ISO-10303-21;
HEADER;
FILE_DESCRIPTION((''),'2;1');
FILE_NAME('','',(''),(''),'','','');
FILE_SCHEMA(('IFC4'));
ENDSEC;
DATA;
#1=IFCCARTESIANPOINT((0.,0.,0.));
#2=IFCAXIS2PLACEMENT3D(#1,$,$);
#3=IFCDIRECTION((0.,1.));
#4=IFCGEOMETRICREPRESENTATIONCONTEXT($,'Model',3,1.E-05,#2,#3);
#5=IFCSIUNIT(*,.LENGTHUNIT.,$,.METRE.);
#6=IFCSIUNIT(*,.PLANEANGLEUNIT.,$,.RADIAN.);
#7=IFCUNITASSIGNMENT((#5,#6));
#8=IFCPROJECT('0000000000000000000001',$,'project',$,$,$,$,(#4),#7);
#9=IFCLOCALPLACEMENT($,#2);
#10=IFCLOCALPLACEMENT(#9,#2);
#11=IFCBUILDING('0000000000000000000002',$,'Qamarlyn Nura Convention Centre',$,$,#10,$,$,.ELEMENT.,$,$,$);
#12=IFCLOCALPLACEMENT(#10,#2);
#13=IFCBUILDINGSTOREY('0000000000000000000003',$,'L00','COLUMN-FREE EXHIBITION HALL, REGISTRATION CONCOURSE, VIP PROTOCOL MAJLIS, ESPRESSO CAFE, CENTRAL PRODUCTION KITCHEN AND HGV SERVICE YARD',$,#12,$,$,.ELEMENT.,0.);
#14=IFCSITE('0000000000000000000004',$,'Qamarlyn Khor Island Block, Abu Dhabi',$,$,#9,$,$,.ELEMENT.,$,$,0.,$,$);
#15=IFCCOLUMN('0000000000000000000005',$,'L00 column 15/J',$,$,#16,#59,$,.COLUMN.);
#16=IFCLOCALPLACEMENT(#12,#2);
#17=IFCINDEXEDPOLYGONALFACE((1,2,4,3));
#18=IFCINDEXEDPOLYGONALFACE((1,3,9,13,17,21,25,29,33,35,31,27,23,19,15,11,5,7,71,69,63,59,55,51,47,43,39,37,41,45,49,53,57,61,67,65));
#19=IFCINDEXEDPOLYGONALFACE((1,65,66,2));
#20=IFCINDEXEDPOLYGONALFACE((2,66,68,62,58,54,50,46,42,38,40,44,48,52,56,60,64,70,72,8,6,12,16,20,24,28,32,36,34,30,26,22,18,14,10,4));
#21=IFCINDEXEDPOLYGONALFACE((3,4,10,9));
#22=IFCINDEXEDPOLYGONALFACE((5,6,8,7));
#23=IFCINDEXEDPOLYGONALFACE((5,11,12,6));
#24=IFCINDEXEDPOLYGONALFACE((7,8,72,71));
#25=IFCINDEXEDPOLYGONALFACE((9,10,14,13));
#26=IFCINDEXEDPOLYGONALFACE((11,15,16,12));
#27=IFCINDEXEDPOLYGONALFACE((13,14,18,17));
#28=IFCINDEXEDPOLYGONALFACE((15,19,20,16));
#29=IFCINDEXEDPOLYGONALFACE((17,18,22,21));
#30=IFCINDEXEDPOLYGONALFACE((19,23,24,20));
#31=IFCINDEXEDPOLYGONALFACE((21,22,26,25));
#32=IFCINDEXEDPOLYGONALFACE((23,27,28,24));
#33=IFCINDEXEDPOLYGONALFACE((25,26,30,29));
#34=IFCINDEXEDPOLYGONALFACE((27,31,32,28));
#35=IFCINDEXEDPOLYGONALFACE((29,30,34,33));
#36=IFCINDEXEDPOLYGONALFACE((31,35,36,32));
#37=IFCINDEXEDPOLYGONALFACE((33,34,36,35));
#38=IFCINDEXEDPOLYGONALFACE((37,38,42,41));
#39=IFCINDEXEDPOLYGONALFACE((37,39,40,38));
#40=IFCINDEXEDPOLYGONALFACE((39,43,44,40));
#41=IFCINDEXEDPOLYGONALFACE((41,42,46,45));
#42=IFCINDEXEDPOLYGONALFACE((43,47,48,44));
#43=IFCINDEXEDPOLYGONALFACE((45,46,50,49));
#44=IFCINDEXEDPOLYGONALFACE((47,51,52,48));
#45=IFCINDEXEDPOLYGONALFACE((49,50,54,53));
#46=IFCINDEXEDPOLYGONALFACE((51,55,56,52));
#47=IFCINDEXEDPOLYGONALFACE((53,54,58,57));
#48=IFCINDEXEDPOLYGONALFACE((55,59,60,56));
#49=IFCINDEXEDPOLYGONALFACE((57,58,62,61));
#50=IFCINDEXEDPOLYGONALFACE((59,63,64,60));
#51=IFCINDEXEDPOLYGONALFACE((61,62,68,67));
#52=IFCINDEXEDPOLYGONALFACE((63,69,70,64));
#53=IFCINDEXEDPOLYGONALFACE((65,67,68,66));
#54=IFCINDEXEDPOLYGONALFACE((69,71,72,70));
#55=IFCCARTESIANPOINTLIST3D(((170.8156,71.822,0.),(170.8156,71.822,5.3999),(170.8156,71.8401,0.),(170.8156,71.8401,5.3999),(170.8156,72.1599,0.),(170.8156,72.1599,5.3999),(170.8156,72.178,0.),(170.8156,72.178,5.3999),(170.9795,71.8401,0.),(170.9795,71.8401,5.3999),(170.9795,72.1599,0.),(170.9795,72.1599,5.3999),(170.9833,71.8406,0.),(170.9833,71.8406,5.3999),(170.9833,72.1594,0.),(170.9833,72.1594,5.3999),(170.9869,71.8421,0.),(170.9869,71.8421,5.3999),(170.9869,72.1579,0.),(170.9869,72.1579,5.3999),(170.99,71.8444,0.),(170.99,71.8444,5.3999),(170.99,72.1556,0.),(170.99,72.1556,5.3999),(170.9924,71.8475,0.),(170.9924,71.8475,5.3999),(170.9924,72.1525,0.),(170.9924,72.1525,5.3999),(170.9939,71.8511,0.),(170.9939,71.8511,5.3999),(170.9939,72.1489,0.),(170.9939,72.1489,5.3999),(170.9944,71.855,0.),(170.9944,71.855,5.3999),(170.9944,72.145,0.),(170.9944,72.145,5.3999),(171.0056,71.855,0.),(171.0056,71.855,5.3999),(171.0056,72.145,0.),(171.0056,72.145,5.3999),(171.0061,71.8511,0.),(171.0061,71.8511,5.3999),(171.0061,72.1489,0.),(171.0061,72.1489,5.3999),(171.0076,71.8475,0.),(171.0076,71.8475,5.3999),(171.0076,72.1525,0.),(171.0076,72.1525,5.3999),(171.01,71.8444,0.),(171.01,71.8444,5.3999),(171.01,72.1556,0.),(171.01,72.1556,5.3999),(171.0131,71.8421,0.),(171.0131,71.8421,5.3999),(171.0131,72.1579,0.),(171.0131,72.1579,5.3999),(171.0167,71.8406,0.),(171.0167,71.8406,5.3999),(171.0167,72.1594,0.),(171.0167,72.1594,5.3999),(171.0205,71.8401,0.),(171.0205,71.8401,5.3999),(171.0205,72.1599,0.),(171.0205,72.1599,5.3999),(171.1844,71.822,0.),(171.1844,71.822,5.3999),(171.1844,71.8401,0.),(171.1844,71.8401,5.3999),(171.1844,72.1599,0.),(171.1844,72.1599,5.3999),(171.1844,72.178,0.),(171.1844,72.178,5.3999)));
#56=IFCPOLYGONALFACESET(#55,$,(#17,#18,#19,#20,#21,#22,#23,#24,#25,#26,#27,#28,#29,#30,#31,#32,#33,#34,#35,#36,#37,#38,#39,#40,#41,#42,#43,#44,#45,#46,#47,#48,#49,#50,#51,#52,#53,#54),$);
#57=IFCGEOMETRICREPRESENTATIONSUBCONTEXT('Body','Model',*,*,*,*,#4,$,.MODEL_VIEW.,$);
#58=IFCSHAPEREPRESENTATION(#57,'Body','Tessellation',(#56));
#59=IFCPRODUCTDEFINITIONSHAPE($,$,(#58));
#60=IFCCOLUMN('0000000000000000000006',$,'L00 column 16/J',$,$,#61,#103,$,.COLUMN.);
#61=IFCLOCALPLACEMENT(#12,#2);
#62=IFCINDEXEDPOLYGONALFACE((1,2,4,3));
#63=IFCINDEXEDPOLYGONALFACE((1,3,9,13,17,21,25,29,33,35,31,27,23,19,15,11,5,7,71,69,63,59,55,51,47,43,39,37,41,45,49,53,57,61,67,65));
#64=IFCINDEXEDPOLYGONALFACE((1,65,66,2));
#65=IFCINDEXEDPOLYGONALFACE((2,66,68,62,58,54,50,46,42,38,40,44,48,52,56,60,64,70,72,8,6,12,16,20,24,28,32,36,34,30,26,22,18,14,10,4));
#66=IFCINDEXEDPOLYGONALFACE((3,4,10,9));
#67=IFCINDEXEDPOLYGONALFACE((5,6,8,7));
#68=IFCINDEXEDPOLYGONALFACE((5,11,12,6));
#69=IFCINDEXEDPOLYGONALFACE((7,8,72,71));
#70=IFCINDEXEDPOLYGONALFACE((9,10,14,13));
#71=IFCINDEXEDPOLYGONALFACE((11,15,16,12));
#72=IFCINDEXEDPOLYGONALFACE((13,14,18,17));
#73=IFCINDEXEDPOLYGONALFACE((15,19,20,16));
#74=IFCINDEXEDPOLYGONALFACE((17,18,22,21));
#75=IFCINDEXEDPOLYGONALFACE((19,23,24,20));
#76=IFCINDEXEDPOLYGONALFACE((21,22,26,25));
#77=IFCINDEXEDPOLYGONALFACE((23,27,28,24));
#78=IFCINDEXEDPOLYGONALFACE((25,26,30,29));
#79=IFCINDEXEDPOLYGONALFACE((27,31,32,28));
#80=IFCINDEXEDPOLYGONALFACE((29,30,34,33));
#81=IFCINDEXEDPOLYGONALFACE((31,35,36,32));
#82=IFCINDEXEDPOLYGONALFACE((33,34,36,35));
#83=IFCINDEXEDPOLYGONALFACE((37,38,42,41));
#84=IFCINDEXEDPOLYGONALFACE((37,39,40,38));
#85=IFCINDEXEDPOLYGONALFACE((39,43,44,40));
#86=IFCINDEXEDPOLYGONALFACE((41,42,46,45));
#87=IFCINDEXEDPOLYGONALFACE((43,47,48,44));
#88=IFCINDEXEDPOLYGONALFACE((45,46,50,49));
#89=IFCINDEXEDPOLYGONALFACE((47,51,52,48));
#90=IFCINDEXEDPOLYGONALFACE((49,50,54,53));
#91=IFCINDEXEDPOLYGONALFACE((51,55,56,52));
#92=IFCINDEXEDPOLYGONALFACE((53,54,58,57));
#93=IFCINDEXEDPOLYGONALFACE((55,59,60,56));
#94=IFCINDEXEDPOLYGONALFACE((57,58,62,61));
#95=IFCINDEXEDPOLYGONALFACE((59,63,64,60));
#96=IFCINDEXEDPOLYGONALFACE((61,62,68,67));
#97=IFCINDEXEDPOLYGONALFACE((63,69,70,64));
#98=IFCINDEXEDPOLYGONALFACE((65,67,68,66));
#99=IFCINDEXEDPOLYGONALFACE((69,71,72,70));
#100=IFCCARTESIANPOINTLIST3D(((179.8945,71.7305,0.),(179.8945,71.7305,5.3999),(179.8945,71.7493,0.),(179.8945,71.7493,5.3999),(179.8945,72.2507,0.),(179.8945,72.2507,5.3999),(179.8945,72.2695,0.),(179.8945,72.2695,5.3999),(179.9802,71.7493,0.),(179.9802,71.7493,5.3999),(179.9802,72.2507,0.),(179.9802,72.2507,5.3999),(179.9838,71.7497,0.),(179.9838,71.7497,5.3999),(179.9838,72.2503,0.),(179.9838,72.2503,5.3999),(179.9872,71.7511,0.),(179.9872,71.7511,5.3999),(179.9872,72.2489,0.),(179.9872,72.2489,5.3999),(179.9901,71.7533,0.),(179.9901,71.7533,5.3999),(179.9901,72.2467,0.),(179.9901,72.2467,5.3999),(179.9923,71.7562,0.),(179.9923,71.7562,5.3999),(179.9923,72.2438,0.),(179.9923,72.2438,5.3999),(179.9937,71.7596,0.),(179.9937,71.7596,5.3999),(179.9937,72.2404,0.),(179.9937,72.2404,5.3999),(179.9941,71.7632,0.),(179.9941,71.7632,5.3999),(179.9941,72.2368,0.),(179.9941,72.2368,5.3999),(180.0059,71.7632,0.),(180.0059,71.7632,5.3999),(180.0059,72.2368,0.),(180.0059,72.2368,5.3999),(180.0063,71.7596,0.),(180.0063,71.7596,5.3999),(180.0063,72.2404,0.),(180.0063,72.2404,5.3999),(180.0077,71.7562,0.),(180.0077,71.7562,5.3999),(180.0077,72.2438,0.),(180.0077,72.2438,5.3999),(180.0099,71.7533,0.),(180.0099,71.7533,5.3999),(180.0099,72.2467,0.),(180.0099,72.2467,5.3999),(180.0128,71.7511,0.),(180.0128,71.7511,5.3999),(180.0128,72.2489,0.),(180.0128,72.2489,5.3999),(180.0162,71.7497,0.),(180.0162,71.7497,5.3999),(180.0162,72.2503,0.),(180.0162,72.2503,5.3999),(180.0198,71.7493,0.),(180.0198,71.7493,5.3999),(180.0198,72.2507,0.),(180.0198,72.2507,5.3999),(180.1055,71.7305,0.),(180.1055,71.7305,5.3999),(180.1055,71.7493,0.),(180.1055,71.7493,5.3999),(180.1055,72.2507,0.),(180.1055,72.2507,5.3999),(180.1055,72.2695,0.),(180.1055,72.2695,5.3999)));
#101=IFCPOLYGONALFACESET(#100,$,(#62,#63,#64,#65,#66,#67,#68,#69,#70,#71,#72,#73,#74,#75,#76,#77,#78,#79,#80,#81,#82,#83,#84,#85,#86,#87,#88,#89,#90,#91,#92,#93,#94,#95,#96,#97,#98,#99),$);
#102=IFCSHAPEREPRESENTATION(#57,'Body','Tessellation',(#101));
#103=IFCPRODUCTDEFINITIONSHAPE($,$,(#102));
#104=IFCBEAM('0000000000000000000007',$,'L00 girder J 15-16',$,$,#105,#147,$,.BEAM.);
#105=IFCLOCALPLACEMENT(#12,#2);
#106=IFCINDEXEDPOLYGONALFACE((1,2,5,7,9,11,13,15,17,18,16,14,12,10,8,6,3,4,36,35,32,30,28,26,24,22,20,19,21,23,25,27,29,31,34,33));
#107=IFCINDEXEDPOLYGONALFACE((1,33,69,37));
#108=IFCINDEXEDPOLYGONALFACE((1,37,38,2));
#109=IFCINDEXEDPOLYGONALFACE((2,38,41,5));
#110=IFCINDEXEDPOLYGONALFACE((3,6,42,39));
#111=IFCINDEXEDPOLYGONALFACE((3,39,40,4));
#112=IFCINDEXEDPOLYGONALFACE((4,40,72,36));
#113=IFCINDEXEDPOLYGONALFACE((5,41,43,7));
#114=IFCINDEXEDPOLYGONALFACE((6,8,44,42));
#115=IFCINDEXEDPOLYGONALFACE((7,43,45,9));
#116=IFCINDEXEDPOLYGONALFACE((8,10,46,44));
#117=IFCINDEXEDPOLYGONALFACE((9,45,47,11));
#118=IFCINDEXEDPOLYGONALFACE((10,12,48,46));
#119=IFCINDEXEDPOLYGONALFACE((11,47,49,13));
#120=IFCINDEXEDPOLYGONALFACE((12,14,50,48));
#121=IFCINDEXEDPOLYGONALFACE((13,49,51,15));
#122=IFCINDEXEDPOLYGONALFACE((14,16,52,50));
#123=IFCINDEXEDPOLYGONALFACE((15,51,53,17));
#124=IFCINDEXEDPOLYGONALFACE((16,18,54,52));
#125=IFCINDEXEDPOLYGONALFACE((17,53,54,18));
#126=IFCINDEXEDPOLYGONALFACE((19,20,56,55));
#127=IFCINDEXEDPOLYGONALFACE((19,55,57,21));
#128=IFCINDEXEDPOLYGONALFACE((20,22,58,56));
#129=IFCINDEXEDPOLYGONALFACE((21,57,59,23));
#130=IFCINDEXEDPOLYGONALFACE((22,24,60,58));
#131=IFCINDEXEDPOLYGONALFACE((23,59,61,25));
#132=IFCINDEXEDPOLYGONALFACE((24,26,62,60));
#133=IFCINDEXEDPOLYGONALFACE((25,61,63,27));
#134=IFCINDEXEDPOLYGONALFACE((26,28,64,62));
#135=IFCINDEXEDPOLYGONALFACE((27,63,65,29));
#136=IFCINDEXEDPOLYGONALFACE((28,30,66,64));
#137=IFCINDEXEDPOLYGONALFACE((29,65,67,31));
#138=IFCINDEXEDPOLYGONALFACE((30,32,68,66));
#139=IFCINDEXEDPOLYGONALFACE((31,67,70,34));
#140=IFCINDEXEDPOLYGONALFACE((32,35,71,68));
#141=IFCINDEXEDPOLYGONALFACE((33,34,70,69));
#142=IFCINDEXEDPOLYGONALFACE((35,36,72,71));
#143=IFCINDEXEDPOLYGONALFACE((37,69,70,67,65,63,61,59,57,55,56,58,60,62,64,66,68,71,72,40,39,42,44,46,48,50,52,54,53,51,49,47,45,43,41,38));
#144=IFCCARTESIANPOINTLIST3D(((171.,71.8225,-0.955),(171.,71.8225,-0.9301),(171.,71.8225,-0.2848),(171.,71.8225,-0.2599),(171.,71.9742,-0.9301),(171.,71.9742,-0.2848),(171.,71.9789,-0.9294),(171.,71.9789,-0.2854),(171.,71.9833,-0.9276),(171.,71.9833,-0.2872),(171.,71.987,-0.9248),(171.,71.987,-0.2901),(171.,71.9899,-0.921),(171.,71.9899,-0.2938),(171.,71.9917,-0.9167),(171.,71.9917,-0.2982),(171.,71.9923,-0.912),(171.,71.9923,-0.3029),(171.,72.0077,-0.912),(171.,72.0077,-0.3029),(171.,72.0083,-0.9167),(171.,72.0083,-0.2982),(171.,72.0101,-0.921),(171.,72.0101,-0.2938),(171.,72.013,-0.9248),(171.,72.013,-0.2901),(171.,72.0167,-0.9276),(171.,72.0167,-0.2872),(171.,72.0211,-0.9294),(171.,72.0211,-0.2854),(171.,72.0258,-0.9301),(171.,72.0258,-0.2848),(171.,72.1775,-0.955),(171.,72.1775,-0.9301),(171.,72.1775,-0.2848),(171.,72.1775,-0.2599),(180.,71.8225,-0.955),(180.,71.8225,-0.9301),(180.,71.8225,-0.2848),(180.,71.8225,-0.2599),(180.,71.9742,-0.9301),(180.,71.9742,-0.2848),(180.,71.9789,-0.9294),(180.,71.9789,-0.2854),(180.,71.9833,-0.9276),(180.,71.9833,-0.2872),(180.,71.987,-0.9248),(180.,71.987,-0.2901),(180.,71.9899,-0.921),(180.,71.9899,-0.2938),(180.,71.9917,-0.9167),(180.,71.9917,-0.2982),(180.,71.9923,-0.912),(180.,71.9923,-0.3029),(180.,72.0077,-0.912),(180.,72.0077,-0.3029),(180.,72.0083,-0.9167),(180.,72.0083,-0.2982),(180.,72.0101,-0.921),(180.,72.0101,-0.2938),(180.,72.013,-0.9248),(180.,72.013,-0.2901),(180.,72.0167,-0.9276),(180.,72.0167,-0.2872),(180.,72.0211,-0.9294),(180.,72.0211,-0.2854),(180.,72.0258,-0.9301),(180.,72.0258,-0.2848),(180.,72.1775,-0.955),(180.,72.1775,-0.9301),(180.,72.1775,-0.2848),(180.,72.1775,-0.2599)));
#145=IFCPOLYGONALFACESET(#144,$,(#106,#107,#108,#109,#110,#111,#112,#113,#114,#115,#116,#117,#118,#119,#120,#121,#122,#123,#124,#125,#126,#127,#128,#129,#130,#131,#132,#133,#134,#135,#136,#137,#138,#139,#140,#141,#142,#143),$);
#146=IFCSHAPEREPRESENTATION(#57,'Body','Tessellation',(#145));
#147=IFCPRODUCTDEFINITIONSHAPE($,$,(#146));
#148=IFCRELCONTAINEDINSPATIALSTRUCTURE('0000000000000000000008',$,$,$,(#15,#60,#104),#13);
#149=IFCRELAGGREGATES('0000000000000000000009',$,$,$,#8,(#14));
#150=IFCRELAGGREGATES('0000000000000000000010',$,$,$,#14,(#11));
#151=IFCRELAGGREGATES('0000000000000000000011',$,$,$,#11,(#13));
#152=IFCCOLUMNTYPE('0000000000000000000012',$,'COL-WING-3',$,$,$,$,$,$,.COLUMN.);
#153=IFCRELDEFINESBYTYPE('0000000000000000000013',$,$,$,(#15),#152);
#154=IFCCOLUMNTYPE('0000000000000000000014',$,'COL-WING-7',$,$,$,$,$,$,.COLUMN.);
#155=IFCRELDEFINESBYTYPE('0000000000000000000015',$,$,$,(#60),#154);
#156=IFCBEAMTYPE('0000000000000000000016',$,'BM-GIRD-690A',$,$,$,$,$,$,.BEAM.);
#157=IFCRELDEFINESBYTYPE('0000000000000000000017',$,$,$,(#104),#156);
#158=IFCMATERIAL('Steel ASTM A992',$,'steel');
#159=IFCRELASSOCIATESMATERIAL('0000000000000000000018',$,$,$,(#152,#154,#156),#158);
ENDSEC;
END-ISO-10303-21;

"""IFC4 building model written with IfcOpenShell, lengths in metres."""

from ifc_helpers import new_model, si_unit, direction, frame, origin, origin_2d, place, context, subcontext, project, spatial, i_section, extrude, material, material_profile, profile_set, type_object, element, save


model = new_model("IFC4")

# Units and contexts
model_context = context("Model", 3, precision=1e-05, world=origin(), true_north=direction((0.0, 1.0)))
body_context = subcontext(model_context, "Body", "Model", "MODEL_VIEW")
ifc_project = project(units=[si_unit("LENGTHUNIT", "METRE"), si_unit("PLANEANGLEUNIT", "RADIAN")], contexts=[model_context])

# Site, building, storey
site_placement = place(None, origin())
site = spatial("IfcSite", under=ifc_project, at=site_placement, Name="Qamarlyn Khor Island Block, Abu Dhabi", CompositionType="ELEMENT", RefElevation=0.0)
building_placement = place(site_placement, origin())
building = spatial("IfcBuilding", under=site, at=building_placement, Name="Qamarlyn Nura Convention Centre", CompositionType="ELEMENT")
storey_placement = place(building_placement, origin())
storey = spatial("IfcBuildingStorey", under=building, at=storey_placement, Name="L00", Description="COLUMN-FREE EXHIBITION HALL, REGISTRATION CONCOURSE, VIP PROTOCOL MAJLIS, ESPRESSO CAFE, CENTRAL PRODUCTION KITCHEN AND HGV SERVICE YARD", CompositionType="ELEMENT", Elevation=0.0)

# Columns
ifc_material_1 = material(Name="Steel ASTM A992", Category="steel")
ifc_material_profile_1 = material_profile(ifc_material_1, i_section(OverallWidth=0.3689, OverallDepth=0.356, WebThickness=0.0112, FlangeThickness=0.0181, FilletRadius=0.0149, at=origin_2d()), Name="W360X134")
ifc_profile_set_1 = profile_set([ifc_material_profile_1], Name="Steel ASTM A992")
column_type_1 = type_object("IfcColumnType", Name="COL-WING-3", PredefinedType="COLUMN", material=ifc_profile_set_1)
column_1_placement = place(storey_placement, frame((171.0, 72.0, 0.0), z_axis=(0.0, 0.0, 1.0), x_axis=(1.0, 0.0, 0.0)))
element("IfcColumn", 1, at=column_1_placement, inside=storey, type_object=column_type_1, Name="L00 column 15/J", PredefinedType="COLUMN", context=body_context, shape_type="SweptSolid", body=[
    extrude(i_section(OverallWidth=0.3689, OverallDepth=0.356, WebThickness=0.0112, FlangeThickness=0.0181, FilletRadius=0.0149, at=origin_2d()), origin(), (0.0, 0.0, 1.0), 5.3999),
])
ifc_material_profile_2 = material_profile(ifc_material_1, i_section(OverallWidth=0.2109, OverallDepth=0.5391, WebThickness=0.0117, FlangeThickness=0.0188, FilletRadius=0.0139, at=origin_2d()), Name="W530X109")
ifc_profile_set_2 = profile_set([ifc_material_profile_2], Name="Steel ASTM A992")
column_type_2 = type_object("IfcColumnType", Name="COL-WING-7", PredefinedType="COLUMN", material=ifc_profile_set_2)
column_2_placement = place(storey_placement, frame((180.0, 72.0, 0.0), z_axis=(0.0, 0.0, 1.0), x_axis=(1.0, 0.0, 0.0)))
element("IfcColumn", 2, at=column_2_placement, inside=storey, type_object=column_type_2, Name="L00 column 16/J", PredefinedType="COLUMN", context=body_context, shape_type="SweptSolid", body=[
    extrude(i_section(OverallWidth=0.2109, OverallDepth=0.5391, WebThickness=0.0117, FlangeThickness=0.0188, FilletRadius=0.0139, at=origin_2d()), origin(), (0.0, 0.0, 1.0), 5.3999),
])

# Beam
ifc_material_profile_3 = material_profile(ifc_material_1, i_section(OverallWidth=0.355, OverallDepth=0.6951, WebThickness=0.0154, FlangeThickness=0.0249, FilletRadius=0.0181, at=origin_2d()), Name="W690X217")
ifc_profile_set_3 = profile_set([ifc_material_profile_3], Name="Steel ASTM A992")
beam_type_1 = type_object("IfcBeamType", Name="BM-GIRD-690A", PredefinedType="BEAM", material=ifc_profile_set_3)
beam_1_placement = place(storey_placement, frame((171.0, 72.0, -0.6074), z_axis=(1.0, 0.0, 0.0), x_axis=(0.0, 1.0, 0.0)))
element("IfcBeam", 3, at=beam_1_placement, inside=storey, type_object=beam_type_1, Name="L00 girder J 15-16", PredefinedType="BEAM", context=body_context, shape_type="SweptSolid", body=[
    extrude(i_section(OverallWidth=0.355, OverallDepth=0.6951, WebThickness=0.0154, FlangeThickness=0.0249, FilletRadius=0.0181, at=origin_2d()), origin(), (0.0, 0.0, 1.0), 9.0),
])

save(model, "model.ifc")
